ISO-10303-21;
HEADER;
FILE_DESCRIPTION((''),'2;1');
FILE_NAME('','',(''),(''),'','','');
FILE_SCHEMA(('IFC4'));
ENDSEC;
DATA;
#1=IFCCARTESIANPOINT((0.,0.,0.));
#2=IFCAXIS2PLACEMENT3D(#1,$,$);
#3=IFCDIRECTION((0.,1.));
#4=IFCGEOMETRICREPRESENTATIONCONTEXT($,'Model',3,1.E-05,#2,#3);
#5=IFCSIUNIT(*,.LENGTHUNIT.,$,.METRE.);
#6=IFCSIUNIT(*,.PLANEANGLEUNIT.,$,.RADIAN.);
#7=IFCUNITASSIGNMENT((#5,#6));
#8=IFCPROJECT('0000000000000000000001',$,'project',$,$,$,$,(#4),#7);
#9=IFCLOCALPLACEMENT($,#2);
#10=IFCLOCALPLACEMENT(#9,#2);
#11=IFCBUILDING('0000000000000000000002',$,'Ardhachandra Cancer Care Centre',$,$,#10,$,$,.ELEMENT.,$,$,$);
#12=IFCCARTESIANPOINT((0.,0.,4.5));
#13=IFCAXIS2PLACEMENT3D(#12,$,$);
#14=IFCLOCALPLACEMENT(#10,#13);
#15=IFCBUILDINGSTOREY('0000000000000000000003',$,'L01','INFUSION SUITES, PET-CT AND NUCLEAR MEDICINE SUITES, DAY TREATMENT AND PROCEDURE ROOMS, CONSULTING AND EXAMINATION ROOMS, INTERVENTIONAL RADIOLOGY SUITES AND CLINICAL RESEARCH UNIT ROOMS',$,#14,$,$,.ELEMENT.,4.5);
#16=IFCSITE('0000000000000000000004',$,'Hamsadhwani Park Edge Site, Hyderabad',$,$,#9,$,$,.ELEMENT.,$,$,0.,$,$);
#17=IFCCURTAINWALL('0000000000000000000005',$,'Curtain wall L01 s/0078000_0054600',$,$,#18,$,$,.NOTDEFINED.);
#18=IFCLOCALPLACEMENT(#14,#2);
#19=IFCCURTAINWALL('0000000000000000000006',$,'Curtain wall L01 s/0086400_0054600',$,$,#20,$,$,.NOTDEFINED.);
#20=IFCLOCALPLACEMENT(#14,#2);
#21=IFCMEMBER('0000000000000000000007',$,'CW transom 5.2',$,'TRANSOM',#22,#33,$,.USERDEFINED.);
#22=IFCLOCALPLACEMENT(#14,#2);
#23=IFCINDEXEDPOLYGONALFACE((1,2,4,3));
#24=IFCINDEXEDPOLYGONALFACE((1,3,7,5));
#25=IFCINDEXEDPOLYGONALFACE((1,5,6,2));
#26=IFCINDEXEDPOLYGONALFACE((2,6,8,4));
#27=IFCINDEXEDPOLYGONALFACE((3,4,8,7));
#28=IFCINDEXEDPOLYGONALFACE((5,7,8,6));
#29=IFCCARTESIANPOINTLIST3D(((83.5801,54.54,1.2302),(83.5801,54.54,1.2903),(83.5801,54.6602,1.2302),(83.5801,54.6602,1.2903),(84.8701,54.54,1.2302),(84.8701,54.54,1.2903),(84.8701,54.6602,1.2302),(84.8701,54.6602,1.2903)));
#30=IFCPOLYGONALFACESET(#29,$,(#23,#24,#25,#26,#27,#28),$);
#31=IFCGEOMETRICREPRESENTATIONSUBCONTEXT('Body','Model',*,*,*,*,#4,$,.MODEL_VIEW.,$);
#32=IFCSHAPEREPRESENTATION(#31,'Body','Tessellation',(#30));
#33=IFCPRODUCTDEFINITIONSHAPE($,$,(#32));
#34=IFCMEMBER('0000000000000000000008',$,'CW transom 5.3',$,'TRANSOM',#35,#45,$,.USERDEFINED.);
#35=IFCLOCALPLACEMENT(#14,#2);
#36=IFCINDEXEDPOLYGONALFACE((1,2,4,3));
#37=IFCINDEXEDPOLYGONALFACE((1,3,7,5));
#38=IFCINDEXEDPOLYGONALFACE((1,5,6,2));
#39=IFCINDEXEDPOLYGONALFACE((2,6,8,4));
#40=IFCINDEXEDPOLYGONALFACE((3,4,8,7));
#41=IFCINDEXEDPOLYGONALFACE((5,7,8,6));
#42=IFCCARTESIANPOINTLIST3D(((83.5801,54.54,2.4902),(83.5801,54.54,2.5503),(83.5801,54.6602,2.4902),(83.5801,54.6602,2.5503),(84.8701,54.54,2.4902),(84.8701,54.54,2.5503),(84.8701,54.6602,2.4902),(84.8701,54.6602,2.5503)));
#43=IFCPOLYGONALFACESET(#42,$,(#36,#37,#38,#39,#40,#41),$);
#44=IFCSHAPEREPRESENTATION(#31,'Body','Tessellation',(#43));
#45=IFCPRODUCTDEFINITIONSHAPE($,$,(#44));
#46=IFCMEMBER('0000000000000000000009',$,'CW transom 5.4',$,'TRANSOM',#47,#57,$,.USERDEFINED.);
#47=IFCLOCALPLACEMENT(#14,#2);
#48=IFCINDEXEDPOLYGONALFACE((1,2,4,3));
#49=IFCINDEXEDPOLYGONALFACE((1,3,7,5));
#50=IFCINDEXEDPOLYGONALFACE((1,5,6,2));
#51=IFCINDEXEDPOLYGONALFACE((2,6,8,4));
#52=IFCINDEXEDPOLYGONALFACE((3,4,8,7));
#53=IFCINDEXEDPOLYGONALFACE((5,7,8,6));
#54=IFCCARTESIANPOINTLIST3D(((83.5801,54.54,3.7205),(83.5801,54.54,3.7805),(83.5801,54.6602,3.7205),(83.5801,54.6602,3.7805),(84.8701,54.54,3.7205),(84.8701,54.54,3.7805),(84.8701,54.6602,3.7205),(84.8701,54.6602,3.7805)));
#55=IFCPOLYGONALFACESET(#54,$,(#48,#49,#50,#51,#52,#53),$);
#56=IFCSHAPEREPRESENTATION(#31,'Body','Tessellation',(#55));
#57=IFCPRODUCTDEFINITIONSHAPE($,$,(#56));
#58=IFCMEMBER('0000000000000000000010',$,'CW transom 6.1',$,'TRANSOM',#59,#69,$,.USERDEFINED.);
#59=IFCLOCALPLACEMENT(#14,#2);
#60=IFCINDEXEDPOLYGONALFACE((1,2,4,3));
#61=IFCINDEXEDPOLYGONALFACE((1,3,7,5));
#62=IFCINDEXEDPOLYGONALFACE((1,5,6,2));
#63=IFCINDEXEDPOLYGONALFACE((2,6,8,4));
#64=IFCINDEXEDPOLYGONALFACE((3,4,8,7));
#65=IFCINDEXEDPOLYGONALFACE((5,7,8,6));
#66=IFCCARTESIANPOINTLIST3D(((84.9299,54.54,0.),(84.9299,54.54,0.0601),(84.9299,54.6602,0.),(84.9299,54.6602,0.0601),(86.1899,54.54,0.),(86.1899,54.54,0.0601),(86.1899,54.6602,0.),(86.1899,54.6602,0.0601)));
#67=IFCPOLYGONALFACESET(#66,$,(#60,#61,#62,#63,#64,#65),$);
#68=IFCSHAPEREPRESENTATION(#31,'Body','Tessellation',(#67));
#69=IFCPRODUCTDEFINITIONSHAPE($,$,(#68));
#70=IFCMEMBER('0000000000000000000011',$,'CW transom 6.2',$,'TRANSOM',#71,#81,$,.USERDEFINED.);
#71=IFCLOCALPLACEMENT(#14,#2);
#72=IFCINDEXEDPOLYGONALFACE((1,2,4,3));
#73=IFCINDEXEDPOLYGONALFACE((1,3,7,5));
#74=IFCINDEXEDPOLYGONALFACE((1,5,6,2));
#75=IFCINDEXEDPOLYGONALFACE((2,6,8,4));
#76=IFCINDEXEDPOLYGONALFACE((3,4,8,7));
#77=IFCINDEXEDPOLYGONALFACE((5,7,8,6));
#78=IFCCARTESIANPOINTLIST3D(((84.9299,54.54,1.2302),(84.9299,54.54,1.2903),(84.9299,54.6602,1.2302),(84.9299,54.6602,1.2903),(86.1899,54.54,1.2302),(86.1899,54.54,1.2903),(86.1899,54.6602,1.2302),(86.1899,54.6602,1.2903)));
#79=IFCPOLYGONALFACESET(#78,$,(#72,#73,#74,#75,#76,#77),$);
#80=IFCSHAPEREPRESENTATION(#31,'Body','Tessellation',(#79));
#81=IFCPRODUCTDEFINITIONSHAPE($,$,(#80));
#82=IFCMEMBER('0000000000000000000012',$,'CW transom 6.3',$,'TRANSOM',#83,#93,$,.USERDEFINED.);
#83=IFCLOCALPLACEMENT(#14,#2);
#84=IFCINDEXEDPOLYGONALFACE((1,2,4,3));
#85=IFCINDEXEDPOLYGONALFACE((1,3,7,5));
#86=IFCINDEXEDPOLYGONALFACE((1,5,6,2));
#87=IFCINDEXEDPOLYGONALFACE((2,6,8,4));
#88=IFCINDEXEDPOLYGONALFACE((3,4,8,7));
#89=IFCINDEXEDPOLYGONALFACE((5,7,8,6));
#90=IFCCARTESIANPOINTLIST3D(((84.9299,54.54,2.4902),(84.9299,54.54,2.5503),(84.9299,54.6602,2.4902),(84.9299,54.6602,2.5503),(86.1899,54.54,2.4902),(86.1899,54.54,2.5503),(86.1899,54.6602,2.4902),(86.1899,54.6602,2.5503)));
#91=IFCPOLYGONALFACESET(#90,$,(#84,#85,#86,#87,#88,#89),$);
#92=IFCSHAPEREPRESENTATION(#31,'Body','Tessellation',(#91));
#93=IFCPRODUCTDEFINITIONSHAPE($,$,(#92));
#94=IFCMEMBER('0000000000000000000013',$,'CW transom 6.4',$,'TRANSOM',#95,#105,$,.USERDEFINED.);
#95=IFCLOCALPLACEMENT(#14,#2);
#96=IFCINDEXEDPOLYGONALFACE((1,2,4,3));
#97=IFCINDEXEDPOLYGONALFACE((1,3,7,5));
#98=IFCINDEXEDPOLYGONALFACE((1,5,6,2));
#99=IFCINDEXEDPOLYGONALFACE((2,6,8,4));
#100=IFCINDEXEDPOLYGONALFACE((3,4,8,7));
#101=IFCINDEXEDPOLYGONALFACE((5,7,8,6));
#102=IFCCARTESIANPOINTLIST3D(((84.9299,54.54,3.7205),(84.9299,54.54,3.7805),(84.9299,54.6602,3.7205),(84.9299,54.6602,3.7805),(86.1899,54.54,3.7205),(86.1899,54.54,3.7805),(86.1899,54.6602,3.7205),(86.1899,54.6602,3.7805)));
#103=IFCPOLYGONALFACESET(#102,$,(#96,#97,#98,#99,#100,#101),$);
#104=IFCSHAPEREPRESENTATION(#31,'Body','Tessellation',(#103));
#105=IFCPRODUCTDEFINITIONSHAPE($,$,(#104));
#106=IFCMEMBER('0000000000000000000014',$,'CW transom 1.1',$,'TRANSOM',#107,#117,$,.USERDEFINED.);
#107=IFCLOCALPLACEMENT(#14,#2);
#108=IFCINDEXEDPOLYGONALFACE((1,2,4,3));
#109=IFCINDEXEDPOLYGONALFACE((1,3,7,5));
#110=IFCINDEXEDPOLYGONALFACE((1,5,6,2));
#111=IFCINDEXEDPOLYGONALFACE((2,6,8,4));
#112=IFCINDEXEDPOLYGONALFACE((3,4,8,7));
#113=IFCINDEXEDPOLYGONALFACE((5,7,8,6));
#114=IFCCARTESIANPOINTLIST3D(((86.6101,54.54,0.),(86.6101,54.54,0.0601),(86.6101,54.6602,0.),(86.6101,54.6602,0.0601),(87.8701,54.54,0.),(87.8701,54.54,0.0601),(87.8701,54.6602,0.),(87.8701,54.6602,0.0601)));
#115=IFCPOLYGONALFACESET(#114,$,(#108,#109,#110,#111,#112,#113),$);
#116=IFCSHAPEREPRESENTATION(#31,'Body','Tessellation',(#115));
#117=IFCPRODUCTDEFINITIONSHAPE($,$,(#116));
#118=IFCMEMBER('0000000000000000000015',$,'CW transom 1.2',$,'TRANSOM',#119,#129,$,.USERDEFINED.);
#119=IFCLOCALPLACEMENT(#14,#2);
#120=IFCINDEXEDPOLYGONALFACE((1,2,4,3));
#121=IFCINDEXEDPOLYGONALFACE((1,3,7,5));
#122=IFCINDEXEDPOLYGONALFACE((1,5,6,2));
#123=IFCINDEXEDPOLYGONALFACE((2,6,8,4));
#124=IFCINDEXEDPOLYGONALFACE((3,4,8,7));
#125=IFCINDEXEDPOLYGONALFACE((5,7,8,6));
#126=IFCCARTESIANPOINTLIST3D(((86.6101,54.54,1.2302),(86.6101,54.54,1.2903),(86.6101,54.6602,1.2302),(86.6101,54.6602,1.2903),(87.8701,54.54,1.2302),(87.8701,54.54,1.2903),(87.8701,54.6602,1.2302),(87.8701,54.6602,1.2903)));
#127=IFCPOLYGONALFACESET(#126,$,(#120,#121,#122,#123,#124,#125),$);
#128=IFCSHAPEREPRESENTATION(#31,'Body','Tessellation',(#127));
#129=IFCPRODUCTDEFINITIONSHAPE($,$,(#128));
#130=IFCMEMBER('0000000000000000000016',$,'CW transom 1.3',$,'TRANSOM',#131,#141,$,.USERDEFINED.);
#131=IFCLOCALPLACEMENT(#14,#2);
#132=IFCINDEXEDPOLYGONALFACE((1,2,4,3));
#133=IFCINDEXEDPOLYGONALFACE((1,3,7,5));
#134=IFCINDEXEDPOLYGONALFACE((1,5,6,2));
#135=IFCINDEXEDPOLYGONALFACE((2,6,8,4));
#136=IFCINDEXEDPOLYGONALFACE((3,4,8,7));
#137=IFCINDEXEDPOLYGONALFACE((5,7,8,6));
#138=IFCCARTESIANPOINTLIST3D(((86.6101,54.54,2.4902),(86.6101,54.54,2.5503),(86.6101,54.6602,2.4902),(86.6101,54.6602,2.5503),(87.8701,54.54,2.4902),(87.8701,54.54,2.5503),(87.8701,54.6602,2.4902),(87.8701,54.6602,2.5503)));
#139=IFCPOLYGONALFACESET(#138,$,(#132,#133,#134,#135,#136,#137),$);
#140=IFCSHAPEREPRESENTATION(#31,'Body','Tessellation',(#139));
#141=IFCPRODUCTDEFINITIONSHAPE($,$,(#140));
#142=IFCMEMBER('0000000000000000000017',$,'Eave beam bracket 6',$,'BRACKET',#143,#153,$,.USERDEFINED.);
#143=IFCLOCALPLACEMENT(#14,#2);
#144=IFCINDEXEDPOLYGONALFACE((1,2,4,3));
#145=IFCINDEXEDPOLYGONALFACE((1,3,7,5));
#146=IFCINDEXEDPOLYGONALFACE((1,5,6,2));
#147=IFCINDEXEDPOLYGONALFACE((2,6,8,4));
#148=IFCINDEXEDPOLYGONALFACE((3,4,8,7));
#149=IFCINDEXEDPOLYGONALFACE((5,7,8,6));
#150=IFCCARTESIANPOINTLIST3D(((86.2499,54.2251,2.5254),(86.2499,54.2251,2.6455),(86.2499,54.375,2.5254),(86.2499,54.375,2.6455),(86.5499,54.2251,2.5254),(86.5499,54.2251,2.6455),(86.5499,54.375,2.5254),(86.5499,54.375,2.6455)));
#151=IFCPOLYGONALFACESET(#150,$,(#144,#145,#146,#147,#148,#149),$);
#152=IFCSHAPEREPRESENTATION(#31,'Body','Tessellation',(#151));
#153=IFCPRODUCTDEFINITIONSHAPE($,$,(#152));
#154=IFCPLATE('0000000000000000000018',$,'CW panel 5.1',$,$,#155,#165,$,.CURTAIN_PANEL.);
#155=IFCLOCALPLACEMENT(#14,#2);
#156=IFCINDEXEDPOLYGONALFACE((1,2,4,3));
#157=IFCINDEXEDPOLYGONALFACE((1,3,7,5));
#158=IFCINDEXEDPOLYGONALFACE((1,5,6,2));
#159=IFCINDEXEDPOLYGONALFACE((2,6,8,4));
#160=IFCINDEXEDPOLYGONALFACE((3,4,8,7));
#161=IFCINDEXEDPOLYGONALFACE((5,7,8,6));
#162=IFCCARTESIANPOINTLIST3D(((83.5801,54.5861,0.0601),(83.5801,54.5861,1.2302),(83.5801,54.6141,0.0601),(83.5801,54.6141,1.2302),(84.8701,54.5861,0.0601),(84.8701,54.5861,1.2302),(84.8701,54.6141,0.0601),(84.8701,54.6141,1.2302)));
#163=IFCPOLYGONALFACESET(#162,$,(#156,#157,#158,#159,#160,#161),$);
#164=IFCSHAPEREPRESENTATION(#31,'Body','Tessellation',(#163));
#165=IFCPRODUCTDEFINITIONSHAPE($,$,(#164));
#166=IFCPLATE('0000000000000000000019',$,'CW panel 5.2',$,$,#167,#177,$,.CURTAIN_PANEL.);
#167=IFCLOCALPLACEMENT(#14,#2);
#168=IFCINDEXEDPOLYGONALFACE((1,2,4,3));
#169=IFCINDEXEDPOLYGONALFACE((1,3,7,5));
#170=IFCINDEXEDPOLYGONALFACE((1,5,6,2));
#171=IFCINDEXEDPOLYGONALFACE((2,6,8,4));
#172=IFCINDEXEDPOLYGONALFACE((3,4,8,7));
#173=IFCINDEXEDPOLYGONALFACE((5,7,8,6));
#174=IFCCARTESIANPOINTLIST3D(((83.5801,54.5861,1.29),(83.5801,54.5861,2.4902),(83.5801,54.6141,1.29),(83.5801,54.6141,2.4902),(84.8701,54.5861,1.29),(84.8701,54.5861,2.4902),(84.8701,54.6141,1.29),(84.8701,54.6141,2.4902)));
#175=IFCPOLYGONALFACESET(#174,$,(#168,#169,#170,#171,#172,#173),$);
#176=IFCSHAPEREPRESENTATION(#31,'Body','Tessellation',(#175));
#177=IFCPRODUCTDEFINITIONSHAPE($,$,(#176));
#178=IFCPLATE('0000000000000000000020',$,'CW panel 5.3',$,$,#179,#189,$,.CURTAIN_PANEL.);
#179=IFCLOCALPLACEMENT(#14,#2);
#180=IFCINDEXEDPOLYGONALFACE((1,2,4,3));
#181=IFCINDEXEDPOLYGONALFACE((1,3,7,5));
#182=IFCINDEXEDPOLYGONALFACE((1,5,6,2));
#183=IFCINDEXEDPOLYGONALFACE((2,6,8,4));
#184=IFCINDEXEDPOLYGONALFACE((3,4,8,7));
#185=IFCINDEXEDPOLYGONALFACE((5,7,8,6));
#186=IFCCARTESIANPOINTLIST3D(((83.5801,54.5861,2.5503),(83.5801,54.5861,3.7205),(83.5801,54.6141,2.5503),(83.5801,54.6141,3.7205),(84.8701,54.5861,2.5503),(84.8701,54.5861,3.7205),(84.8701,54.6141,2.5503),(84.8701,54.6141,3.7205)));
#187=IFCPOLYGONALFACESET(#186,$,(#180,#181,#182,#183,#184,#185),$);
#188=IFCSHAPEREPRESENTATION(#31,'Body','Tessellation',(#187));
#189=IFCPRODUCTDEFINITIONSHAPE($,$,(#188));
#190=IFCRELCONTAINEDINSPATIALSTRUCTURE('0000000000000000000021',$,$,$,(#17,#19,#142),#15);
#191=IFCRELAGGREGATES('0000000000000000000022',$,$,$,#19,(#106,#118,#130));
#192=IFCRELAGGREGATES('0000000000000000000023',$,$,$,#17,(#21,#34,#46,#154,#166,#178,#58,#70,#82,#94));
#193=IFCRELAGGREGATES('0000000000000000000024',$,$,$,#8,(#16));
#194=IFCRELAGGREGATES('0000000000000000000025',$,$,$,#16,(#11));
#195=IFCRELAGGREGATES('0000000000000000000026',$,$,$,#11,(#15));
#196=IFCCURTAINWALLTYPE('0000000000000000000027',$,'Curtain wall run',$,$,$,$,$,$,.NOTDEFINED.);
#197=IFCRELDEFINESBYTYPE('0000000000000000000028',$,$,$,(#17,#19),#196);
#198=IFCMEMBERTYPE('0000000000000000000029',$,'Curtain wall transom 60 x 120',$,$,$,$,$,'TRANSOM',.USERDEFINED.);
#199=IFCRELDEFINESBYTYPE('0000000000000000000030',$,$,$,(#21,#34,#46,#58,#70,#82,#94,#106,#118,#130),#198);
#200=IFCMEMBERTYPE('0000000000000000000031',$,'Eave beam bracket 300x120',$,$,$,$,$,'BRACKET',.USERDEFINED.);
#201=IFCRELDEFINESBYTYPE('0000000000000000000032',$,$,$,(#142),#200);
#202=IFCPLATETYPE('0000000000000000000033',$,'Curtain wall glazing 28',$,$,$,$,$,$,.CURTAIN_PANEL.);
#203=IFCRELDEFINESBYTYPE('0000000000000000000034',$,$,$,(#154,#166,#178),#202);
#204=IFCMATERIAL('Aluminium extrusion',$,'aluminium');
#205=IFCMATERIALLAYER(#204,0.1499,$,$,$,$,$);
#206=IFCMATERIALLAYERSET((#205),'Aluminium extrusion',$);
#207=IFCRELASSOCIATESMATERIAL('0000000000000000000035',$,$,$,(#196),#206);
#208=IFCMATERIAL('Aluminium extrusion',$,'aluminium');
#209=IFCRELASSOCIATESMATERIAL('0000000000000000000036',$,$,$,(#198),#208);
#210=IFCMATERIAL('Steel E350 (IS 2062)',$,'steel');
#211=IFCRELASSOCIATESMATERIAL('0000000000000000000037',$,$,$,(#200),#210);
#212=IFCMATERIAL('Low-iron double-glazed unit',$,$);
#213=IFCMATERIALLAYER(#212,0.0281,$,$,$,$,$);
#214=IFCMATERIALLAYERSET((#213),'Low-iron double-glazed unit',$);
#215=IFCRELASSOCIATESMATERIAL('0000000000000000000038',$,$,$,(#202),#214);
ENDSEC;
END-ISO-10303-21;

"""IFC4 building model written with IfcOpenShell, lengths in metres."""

from ifc_helpers import new_model, si_unit, direction, frame, origin, origin_2d, place, context, subcontext, project, spatial, rectangle, extrude, material, layer, layer_set, material_profile, profile_set, type_object, element, aggregate, save


model = new_model("IFC4")

# Units and contexts
model_context = context("Model", 3, precision=1e-05, world=origin(), true_north=direction((0.0, 1.0)))
body_context = subcontext(model_context, "Body", "Model", "MODEL_VIEW")
ifc_project = project(units=[si_unit("LENGTHUNIT", "METRE"), si_unit("PLANEANGLEUNIT", "RADIAN")], contexts=[model_context])

# Site, building, storey
site_placement = place(None, origin())
site = spatial("IfcSite", under=ifc_project, at=site_placement, Name="Hamsadhwani Park Edge Site, Hyderabad", CompositionType="ELEMENT", RefElevation=0.0)
building_placement = place(site_placement, origin())
building = spatial("IfcBuilding", under=site, at=building_placement, Name="Ardhachandra Cancer Care Centre", CompositionType="ELEMENT")
storey_placement = place(building_placement, frame((0.0, 0.0, 4.5)))
storey = spatial("IfcBuildingStorey", under=building, at=storey_placement, Name="L01", Description="INFUSION SUITES, PET-CT AND NUCLEAR MEDICINE SUITES, DAY TREATMENT AND PROCEDURE ROOMS, CONSULTING AND EXAMINATION ROOMS, INTERVENTIONAL RADIOLOGY SUITES AND CLINICAL RESEARCH UNIT ROOMS", CompositionType="ELEMENT", Elevation=4.5)

# Curtain wall
ifc_material_1 = material(Name="Aluminium extrusion", Category="aluminium")
ifc_layer_1 = layer(ifc_material_1, 0.1499)
ifc_layer_set_1 = layer_set([ifc_layer_1], Name="Aluminium extrusion")
curtain_wall_type = type_object("IfcCurtainWallType", Name="Curtain wall run", PredefinedType="NOTDEFINED", material=ifc_layer_set_1)
curtain_wall_1_placement = place(storey_placement, origin())
curtain_wall_1 = element("IfcCurtainWall", 1, at=curtain_wall_1_placement, inside=storey, type_object=curtain_wall_type, Name="Curtain wall L01 s/0078000_0054600", PredefinedType="NOTDEFINED")

# Curtain wall
curtain_wall_2_placement = place(storey_placement, origin())
curtain_wall_2 = element("IfcCurtainWall", 2, at=curtain_wall_2_placement, inside=storey, type_object=curtain_wall_type, Name="Curtain wall L01 s/0086400_0054600", PredefinedType="NOTDEFINED")

# Members
ifc_material_2 = material(Name="Aluminium extrusion", Category="aluminium")
ifc_material_profile_1 = material_profile(ifc_material_2, rectangle(XDim=0.1201, YDim=0.0601, at=origin_2d()), Name="Curtain wall transom 60 x 120")
ifc_profile_set_1 = profile_set([ifc_material_profile_1], Name="Aluminium extrusion")
member_type_1 = type_object("IfcMemberType", Name="Curtain wall transom 60 x 120", ElementType="TRANSOM", PredefinedType="USERDEFINED", material=ifc_profile_set_1)
member_1_placement = place(storey_placement, frame((83.5801, 54.6001, 1.2603), z_axis=(1.0, 0.0, 0.0), x_axis=(0.0, 1.0, 0.0)))
member_1 = element("IfcMember", 3, at=member_1_placement, type_object=member_type_1, Name="CW transom 5.2", ObjectType="TRANSOM", PredefinedType="USERDEFINED", context=body_context, shape_type="SweptSolid", body=[
    extrude(rectangle(XDim=0.1201, YDim=0.0601, at=origin_2d()), origin(), (0.0, 0.0, 1.0), 1.29),
])
member_2_placement = place(storey_placement, frame((83.5801, 54.6001, 2.5203), z_axis=(1.0, 0.0, 0.0), x_axis=(0.0, 1.0, 0.0)))
member_2 = element("IfcMember", 4, at=member_2_placement, type_object=member_type_1, Name="CW transom 5.3", ObjectType="TRANSOM", PredefinedType="USERDEFINED", context=body_context, shape_type="SweptSolid", body=[
    extrude(rectangle(XDim=0.1201, YDim=0.0601, at=origin_2d()), origin(), (0.0, 0.0, 1.0), 1.29),
])
member_3_placement = place(storey_placement, frame((83.5801, 54.6001, 3.7505), z_axis=(1.0, 0.0, 0.0), x_axis=(0.0, 1.0, 0.0)))
member_3 = element("IfcMember", 5, at=member_3_placement, type_object=member_type_1, Name="CW transom 5.4", ObjectType="TRANSOM", PredefinedType="USERDEFINED", context=body_context, shape_type="SweptSolid", body=[
    extrude(rectangle(XDim=0.1201, YDim=0.0601, at=origin_2d()), origin(), (0.0, 0.0, 1.0), 1.29),
])
member_4_placement = place(storey_placement, frame((84.9299, 54.6001, 0.03), z_axis=(1.0, 0.0, 0.0), x_axis=(0.0, 1.0, 0.0)))
member_4 = element("IfcMember", 6, at=member_4_placement, type_object=member_type_1, Name="CW transom 6.1", ObjectType="TRANSOM", PredefinedType="USERDEFINED", context=body_context, shape_type="SweptSolid", body=[
    extrude(rectangle(XDim=0.1201, YDim=0.0601, at=origin_2d()), origin(), (0.0, 0.0, 1.0), 1.26),
])
member_5_placement = place(storey_placement, frame((84.9299, 54.6001, 1.2603), z_axis=(1.0, 0.0, 0.0), x_axis=(0.0, 1.0, 0.0)))
member_5 = element("IfcMember", 7, at=member_5_placement, type_object=member_type_1, Name="CW transom 6.2", ObjectType="TRANSOM", PredefinedType="USERDEFINED", context=body_context, shape_type="SweptSolid", body=[
    extrude(rectangle(XDim=0.1201, YDim=0.0601, at=origin_2d()), origin(), (0.0, 0.0, 1.0), 1.26),
])
member_6_placement = place(storey_placement, frame((84.9299, 54.6001, 2.5203), z_axis=(1.0, 0.0, 0.0), x_axis=(0.0, 1.0, 0.0)))
member_6 = element("IfcMember", 8, at=member_6_placement, type_object=member_type_1, Name="CW transom 6.3", ObjectType="TRANSOM", PredefinedType="USERDEFINED", context=body_context, shape_type="SweptSolid", body=[
    extrude(rectangle(XDim=0.1201, YDim=0.0601, at=origin_2d()), origin(), (0.0, 0.0, 1.0), 1.26),
])
member_7_placement = place(storey_placement, frame((84.9299, 54.6001, 3.7505), z_axis=(1.0, 0.0, 0.0), x_axis=(0.0, 1.0, 0.0)))
member_7 = element("IfcMember", 9, at=member_7_placement, type_object=member_type_1, Name="CW transom 6.4", ObjectType="TRANSOM", PredefinedType="USERDEFINED", context=body_context, shape_type="SweptSolid", body=[
    extrude(rectangle(XDim=0.1201, YDim=0.0601, at=origin_2d()), origin(), (0.0, 0.0, 1.0), 1.26),
])
member_8_placement = place(storey_placement, frame((86.6101, 54.6001, 0.03), z_axis=(1.0, 0.0, 0.0), x_axis=(0.0, 1.0, 0.0)))
member_8 = element("IfcMember", 10, at=member_8_placement, type_object=member_type_1, Name="CW transom 1.1", ObjectType="TRANSOM", PredefinedType="USERDEFINED", context=body_context, shape_type="SweptSolid", body=[
    extrude(rectangle(XDim=0.1201, YDim=0.0601, at=origin_2d()), origin(), (0.0, 0.0, 1.0), 1.26),
])
member_9_placement = place(storey_placement, frame((86.6101, 54.6001, 1.2603), z_axis=(1.0, 0.0, 0.0), x_axis=(0.0, 1.0, 0.0)))
member_9 = element("IfcMember", 11, at=member_9_placement, type_object=member_type_1, Name="CW transom 1.2", ObjectType="TRANSOM", PredefinedType="USERDEFINED", context=body_context, shape_type="SweptSolid", body=[
    extrude(rectangle(XDim=0.1201, YDim=0.0601, at=origin_2d()), origin(), (0.0, 0.0, 1.0), 1.26),
])
member_10_placement = place(storey_placement, frame((86.6101, 54.6001, 2.5203), z_axis=(1.0, 0.0, 0.0), x_axis=(0.0, 1.0, 0.0)))
member_10 = element("IfcMember", 12, at=member_10_placement, type_object=member_type_1, Name="CW transom 1.3", ObjectType="TRANSOM", PredefinedType="USERDEFINED", context=body_context, shape_type="SweptSolid", body=[
    extrude(rectangle(XDim=0.1201, YDim=0.0601, at=origin_2d()), origin(), (0.0, 0.0, 1.0), 1.26),
])
aggregate(curtain_wall_2, [member_8, member_9, member_10])
ifc_material_3 = material(Name="Steel E350 (IS 2062)", Category="steel")
ifc_material_profile_2 = material_profile(ifc_material_3, rectangle(XDim=0.3, YDim=0.1201, at=origin_2d()), Name="PL 300x120")
ifc_profile_set_2 = profile_set([ifc_material_profile_2], Name="Steel E350 (IS 2062)")
member_type_2 = type_object("IfcMemberType", Name="Eave beam bracket 300x120", ElementType="BRACKET", PredefinedType="USERDEFINED", material=ifc_profile_set_2)
member_11_placement = place(storey_placement, frame((86.3999, 54.2251, 2.5854), z_axis=(0.0, 1.0, 0.0), x_axis=(-1.0, 0.0, 0.0)))
element("IfcMember", 13, at=member_11_placement, inside=storey, type_object=member_type_2, Name="Eave beam bracket 6", ObjectType="BRACKET", PredefinedType="USERDEFINED", context=body_context, shape_type="SweptSolid", body=[
    extrude(rectangle(XDim=0.3, YDim=0.1201, at=origin_2d()), origin(), (0.0, 0.0, 1.0), 0.1499),
])

# Plates
ifc_material_4 = material(Name="Low-iron double-glazed unit")
ifc_layer_2 = layer(ifc_material_4, 0.0281)
ifc_layer_set_2 = layer_set([ifc_layer_2], Name="Low-iron double-glazed unit")
plate_type = type_object("IfcPlateType", Name="Curtain wall glazing 28", PredefinedType="CURTAIN_PANEL", material=ifc_layer_set_2)
plate_1_placement = place(storey_placement, frame((84.2251, 54.6001, 0.0601), z_axis=(0.0, 0.0, 1.0), x_axis=(1.0, 0.0, 0.0)))
plate_1 = element("IfcPlate", 14, at=plate_1_placement, type_object=plate_type, Name="CW panel 5.1", PredefinedType="CURTAIN_PANEL", context=body_context, shape_type="SweptSolid", body=[
    extrude(rectangle(XDim=1.29, YDim=0.0281, at=origin_2d()), origin(), (0.0, 0.0, 1.0), 1.1702),
])
plate_2_placement = place(storey_placement, frame((84.2251, 54.6001, 1.29), z_axis=(0.0, 0.0, 1.0), x_axis=(1.0, 0.0, 0.0)))
plate_2 = element("IfcPlate", 15, at=plate_2_placement, type_object=plate_type, Name="CW panel 5.2", PredefinedType="CURTAIN_PANEL", context=body_context, shape_type="SweptSolid", body=[
    extrude(rectangle(XDim=1.29, YDim=0.0281, at=origin_2d()), origin(), (0.0, 0.0, 1.0), 1.2002),
])
plate_3_placement = place(storey_placement, frame((84.2251, 54.6001, 2.5503), z_axis=(0.0, 0.0, 1.0), x_axis=(1.0, 0.0, 0.0)))
plate_3 = element("IfcPlate", 16, at=plate_3_placement, type_object=plate_type, Name="CW panel 5.3", PredefinedType="CURTAIN_PANEL", context=body_context, shape_type="SweptSolid", body=[
    extrude(rectangle(XDim=1.29, YDim=0.0281, at=origin_2d()), origin(), (0.0, 0.0, 1.0), 1.1702),
])
aggregate(curtain_wall_1, [member_1, member_2, member_3, plate_1, plate_2, plate_3, member_4, member_5, member_6, member_7])

save(model, "model.ifc")
